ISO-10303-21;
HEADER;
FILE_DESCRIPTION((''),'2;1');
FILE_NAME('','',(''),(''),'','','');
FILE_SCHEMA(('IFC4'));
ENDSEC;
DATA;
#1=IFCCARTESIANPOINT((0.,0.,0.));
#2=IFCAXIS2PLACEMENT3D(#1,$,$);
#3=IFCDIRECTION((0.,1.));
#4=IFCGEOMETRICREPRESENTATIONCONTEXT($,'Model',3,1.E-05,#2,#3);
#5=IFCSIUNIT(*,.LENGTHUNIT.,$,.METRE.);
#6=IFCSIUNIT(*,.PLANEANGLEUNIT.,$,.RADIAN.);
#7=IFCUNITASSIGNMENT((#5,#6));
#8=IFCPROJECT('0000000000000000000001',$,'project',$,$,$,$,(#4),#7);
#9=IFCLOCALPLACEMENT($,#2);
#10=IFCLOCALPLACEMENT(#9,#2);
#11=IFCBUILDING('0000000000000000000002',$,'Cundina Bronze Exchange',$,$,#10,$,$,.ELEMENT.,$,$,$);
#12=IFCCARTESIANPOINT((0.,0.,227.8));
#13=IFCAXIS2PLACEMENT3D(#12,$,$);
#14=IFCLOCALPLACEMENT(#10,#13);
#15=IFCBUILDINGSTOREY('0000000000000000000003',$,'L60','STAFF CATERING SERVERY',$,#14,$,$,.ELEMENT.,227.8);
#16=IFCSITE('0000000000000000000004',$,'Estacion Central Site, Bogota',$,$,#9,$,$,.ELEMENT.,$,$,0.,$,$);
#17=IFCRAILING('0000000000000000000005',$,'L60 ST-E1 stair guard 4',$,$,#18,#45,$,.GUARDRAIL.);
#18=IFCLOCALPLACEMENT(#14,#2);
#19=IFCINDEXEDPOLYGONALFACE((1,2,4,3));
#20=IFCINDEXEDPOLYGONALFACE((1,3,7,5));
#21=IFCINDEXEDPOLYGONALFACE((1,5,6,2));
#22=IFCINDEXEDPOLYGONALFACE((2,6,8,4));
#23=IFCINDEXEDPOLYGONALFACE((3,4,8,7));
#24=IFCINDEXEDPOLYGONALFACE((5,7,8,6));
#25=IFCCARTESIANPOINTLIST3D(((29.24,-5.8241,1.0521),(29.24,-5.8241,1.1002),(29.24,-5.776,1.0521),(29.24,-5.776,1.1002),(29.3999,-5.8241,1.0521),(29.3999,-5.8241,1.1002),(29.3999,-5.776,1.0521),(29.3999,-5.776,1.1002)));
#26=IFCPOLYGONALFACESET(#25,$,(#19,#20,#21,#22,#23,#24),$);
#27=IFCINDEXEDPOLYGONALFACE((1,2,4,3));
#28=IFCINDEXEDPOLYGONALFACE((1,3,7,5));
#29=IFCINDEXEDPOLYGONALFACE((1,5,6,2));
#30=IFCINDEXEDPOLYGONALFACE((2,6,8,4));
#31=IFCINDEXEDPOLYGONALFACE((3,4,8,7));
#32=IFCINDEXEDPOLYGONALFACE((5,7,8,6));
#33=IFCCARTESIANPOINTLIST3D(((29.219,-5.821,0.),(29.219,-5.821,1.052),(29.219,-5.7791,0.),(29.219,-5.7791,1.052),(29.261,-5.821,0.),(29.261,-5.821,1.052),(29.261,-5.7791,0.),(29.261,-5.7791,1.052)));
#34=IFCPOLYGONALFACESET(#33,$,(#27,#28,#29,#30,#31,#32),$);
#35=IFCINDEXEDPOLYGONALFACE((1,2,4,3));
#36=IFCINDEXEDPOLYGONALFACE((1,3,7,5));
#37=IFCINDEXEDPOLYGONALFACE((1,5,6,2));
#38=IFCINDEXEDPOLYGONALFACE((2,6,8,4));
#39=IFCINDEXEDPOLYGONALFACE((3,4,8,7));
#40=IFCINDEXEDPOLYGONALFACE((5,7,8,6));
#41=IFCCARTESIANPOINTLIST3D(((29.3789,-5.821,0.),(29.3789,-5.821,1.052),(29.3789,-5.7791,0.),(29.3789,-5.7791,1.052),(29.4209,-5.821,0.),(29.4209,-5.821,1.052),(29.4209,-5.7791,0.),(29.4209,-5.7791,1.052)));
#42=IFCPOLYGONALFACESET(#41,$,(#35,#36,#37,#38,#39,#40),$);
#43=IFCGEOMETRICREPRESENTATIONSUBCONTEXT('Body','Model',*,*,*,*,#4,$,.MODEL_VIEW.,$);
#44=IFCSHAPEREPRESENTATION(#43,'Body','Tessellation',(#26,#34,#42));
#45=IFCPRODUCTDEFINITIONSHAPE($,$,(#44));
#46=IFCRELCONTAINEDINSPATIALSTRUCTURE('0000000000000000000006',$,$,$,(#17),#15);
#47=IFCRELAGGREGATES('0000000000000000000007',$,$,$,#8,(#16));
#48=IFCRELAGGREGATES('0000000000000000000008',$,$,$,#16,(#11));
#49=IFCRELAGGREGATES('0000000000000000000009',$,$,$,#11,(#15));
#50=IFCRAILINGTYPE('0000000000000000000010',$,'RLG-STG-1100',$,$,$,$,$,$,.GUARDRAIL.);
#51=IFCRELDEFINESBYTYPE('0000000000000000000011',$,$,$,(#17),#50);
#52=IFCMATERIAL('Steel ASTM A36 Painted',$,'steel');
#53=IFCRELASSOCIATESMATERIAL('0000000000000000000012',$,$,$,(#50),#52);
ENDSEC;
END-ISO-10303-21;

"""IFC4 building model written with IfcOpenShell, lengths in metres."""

from ifc_helpers import new_model, si_unit, direction, frame, origin, origin_2d, place, context, subcontext, project, spatial, rectangle, extrude, material, type_object, element, save


model = new_model("IFC4")

# Units and contexts
model_context = context("Model", 3, precision=1e-05, world=origin(), true_north=direction((0.0, 1.0)))
body_context = subcontext(model_context, "Body", "Model", "MODEL_VIEW")
ifc_project = project(units=[si_unit("LENGTHUNIT", "METRE"), si_unit("PLANEANGLEUNIT", "RADIAN")], contexts=[model_context])

# Site, building, storey
site_placement = place(None, origin())
site = spatial("IfcSite", under=ifc_project, at=site_placement, Name="Estacion Central Site, Bogota", CompositionType="ELEMENT", RefElevation=0.0)
building_placement = place(site_placement, origin())
building = spatial("IfcBuilding", under=site, at=building_placement, Name="Cundina Bronze Exchange", CompositionType="ELEMENT")
storey_placement = place(building_placement, frame((0.0, 0.0, 227.8)))
storey = spatial("IfcBuildingStorey", under=building, at=storey_placement, Name="L60", Description="STAFF CATERING SERVERY", CompositionType="ELEMENT", Elevation=227.8)

# Shared definitions
ifc_material_1 = material(Name="Steel ASTM A36 Painted", Category="steel")

# Railing
railing_type_1 = type_object("IfcRailingType", Name="RLG-STG-1100", PredefinedType="GUARDRAIL", material=ifc_material_1)
railing_1_placement = place(storey_placement, frame((29.24, -5.8, 0.0)))
element("IfcRailing", 1, at=railing_1_placement, inside=storey, type_object=railing_type_1, Name="L60 ST-E1 stair guard 4", PredefinedType="GUARDRAIL", context=body_context, shape_type="SweptSolid", body=[
    extrude(rectangle(XDim=0.0481, YDim=0.0481, at=origin_2d()), frame((0.0, 0.0, 1.0762), z_axis=(1.0, 0.0, 0.0), x_axis=(0.0, 1.0, 0.0)), (0.0, 0.0, 1.0), 0.1599),
    extrude(rectangle(XDim=0.042, YDim=0.042, at=origin_2d()), origin(), (0.0, 0.0, 1.0), 1.052),
    extrude(rectangle(XDim=0.042, YDim=0.042, at=origin_2d()), frame((0.1599, 0.0, 0.0)), (0.0, 0.0, 1.0), 1.052),
])

save(model, "model.ifc")
